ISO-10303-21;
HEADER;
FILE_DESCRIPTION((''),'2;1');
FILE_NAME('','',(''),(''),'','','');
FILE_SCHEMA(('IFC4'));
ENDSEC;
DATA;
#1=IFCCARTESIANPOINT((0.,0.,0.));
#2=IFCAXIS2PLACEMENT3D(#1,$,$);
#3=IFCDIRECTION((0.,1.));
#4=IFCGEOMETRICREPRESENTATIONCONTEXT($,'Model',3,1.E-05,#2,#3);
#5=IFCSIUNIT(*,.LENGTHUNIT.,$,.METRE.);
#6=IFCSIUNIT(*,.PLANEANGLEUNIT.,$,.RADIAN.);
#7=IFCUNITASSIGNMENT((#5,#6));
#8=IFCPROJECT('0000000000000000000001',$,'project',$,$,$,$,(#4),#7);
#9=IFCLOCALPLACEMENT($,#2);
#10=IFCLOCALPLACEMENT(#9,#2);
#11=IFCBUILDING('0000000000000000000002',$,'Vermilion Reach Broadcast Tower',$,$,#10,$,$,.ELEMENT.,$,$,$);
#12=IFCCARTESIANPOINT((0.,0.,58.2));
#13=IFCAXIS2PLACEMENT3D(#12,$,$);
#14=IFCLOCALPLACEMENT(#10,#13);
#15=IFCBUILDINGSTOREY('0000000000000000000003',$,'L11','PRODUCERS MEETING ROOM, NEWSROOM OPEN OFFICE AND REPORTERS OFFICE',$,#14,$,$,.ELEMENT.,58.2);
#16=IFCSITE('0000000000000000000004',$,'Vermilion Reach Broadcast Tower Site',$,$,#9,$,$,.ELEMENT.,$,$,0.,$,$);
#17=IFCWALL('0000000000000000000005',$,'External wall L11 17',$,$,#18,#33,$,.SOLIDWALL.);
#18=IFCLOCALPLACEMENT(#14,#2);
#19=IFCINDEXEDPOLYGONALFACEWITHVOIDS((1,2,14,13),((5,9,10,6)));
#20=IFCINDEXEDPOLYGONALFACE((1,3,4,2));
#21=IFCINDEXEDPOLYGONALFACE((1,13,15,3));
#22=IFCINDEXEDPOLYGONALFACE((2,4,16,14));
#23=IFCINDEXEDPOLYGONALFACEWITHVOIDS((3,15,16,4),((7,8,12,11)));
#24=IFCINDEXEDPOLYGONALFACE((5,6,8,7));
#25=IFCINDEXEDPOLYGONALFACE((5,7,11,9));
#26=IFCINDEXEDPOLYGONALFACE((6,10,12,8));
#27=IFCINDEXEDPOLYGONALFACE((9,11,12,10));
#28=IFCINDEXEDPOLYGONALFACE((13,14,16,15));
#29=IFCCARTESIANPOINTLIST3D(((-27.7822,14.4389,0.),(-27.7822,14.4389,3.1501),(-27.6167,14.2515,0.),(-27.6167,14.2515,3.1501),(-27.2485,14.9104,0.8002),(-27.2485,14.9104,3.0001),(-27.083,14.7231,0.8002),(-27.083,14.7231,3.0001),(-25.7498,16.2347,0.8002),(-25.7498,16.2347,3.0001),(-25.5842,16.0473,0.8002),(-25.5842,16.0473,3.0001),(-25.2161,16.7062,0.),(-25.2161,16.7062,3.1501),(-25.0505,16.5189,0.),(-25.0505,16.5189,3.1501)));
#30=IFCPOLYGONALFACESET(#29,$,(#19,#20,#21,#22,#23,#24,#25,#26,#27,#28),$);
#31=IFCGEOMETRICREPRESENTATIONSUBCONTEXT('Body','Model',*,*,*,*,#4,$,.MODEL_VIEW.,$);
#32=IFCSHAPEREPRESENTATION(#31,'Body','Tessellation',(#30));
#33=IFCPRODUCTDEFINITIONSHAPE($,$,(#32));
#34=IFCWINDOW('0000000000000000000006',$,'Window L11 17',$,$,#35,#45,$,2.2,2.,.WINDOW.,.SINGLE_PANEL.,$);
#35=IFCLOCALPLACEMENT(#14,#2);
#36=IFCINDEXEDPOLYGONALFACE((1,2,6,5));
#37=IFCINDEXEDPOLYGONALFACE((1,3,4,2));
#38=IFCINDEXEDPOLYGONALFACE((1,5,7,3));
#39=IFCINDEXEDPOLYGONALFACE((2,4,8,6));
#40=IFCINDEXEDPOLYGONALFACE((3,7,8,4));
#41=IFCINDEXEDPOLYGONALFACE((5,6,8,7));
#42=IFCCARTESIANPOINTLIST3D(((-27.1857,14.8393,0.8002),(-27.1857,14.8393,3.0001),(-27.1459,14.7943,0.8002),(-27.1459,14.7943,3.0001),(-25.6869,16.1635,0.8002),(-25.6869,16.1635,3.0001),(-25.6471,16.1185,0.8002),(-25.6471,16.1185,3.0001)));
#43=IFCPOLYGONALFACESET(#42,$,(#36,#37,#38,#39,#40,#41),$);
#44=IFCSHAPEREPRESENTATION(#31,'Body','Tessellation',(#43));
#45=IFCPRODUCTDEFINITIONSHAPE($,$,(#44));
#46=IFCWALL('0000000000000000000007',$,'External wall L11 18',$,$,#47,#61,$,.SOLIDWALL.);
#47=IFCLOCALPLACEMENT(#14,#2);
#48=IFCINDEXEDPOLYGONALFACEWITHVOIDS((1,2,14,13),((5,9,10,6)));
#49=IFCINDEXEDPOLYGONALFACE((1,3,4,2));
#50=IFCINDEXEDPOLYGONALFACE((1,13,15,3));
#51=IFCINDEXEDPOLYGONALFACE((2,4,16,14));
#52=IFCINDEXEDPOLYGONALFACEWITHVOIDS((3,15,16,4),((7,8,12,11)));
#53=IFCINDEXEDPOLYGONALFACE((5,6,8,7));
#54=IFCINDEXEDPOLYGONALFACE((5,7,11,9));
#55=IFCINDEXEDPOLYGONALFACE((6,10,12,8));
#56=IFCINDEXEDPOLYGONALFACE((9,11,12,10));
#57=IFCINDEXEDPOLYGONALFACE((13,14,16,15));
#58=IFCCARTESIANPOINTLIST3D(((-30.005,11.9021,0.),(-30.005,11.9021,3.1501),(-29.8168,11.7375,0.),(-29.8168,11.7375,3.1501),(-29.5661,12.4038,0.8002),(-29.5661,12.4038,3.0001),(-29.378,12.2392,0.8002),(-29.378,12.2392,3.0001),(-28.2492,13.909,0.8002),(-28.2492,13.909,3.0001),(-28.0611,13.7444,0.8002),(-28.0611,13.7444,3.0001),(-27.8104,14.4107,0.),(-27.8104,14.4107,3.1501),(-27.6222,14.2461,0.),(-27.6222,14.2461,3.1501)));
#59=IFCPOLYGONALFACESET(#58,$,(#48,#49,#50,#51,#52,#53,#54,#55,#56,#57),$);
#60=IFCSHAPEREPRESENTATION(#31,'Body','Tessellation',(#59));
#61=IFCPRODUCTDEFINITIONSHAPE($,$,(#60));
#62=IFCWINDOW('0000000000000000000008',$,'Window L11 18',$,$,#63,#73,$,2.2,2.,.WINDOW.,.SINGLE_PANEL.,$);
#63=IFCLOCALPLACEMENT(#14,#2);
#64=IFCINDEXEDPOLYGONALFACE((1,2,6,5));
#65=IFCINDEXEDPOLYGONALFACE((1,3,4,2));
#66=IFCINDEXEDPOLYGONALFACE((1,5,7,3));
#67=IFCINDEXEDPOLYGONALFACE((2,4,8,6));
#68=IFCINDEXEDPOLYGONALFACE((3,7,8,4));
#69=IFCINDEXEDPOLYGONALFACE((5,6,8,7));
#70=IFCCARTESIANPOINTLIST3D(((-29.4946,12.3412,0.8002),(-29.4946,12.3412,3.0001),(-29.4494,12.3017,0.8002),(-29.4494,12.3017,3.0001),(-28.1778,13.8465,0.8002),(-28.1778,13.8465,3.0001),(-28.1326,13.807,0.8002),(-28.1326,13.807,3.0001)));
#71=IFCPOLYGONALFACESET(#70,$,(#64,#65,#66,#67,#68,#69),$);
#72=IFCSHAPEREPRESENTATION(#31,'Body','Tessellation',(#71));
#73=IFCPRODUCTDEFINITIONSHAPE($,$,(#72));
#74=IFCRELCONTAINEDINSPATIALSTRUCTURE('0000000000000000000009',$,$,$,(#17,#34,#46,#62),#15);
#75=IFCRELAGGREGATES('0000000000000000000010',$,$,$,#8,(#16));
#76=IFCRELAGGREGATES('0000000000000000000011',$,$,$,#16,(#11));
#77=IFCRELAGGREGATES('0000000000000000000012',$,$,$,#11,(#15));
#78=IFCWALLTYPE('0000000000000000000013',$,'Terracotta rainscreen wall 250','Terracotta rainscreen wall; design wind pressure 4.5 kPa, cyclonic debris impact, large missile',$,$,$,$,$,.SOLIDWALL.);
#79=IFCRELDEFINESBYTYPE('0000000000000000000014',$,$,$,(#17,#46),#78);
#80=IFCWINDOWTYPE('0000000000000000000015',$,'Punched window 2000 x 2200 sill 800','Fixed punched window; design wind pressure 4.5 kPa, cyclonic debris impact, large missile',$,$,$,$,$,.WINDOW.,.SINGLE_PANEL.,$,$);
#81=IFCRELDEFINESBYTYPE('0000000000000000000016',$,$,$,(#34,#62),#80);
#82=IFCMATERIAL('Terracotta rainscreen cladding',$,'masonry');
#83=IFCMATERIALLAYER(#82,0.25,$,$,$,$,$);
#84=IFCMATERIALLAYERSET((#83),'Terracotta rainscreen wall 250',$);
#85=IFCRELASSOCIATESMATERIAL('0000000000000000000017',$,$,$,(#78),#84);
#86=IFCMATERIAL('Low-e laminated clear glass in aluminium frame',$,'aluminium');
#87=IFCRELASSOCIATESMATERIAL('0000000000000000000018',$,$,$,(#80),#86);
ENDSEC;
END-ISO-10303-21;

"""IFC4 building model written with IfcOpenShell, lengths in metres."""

from ifc_helpers import new_model, si_unit, direction, frame, frame_2d, origin, place, context, subcontext, project, spatial, rectangle, extrude, material, layer, layer_set, type_object, element, fill, save


model = new_model("IFC4")

# Units and contexts
model_context = context("Model", 3, precision=1e-05, world=origin(), true_north=direction((0.0, 1.0)))
body_context = subcontext(model_context, "Body", "Model", "MODEL_VIEW")
ifc_project = project(units=[si_unit("LENGTHUNIT", "METRE"), si_unit("PLANEANGLEUNIT", "RADIAN")], contexts=[model_context])

# Site, building, storey
site_placement = place(None, origin())
site = spatial("IfcSite", under=ifc_project, at=site_placement, Name="Vermilion Reach Broadcast Tower Site", CompositionType="ELEMENT", RefElevation=0.0)
building_placement = place(site_placement, origin())
building = spatial("IfcBuilding", under=site, at=building_placement, Name="Vermilion Reach Broadcast Tower", CompositionType="ELEMENT")
storey_placement = place(building_placement, frame((0.0, 0.0, 58.2)))
storey = spatial("IfcBuildingStorey", under=building, at=storey_placement, Name="L11", Description="PRODUCERS MEETING ROOM, NEWSROOM OPEN OFFICE AND REPORTERS OFFICE", CompositionType="ELEMENT", Elevation=58.2)

# Shared definitions
ifc_material_1 = material(Name="Terracotta rainscreen cladding", Category="masonry")
ifc_layer_1 = layer(ifc_material_1, 0.25)
ifc_layer_set_1 = layer_set([ifc_layer_1], Name="Terracotta rainscreen wall 250")
wall_type_1 = type_object("IfcWallType", Name="Terracotta rainscreen wall 250", Description="Terracotta rainscreen wall; design wind pressure 4.5 kPa, cyclonic debris impact, large missile", PredefinedType="SOLIDWALL", material=ifc_layer_set_1)

# Shared definitions
ifc_material_2 = material(Name="Low-e laminated clear glass in aluminium frame", Category="aluminium")
window_type = type_object("IfcWindowType", Name="Punched window 2000 x 2200 sill 800", Description="Fixed punched window; design wind pressure 4.5 kPa, cyclonic debris impact, large missile", PartitioningType="SINGLE_PANEL", PredefinedType="WINDOW", material=ifc_material_2)

# Walls, openings, windows
wall_1_placement = place(storey_placement, frame((-25.1333, 16.6125, 0.0), z_axis=(0.0, 0.0, 1.0), x_axis=(-0.749392, -0.662126, 0.0)))
wall_1 = element("IfcWall", 1, at=wall_1_placement, inside=storey, type_object=wall_type_1, Name="External wall L11 17", PredefinedType="SOLIDWALL", context=body_context, shape_type="SweptSolid", body=[
    extrude(rectangle(XDim=3.4243, YDim=0.25, at=frame_2d((1.7122, 0.0))), origin(), (0.0, 0.0, 1.0), 3.1501),
])
opening_1_placement = place(wall_1_placement, frame((0.7122, 0.0, 0.8)))
opening_1 = element("IfcOpeningElement", 2, at=opening_1_placement, cuts=wall_1, PredefinedType="OPENING", context=body_context, shape_type="SweptSolid", body=[
    extrude(rectangle(XDim=2.0, YDim=2.2, at=frame_2d((1.0, 1.1001))), frame((0.0, 0.135, 0.0), z_axis=(0.0, -1.0, 0.0), x_axis=(1.0, 0.0, 0.0)), (0.0, 0.0, 1.0), 0.27),
])
window_1_placement = place(opening_1_placement, origin())
window_1 = element("IfcWindow", 3, at=window_1_placement, inside=storey, type_object=window_type, Name="Window L11 17", OverallHeight=2.2, OverallWidth=2.0, PartitioningType="SINGLE_PANEL", PredefinedType="WINDOW", context=body_context, shape_type="SweptSolid", body=[
    extrude(rectangle(XDim=2.0, YDim=2.2, at=frame_2d((1.0, 1.1001))), frame((0.0, 0.03, 0.0), z_axis=(0.0, -1.0, 0.0), x_axis=(1.0, 0.0, 0.0)), (0.0, 0.0, 1.0), 0.0601),
])
fill(opening_1, window_1)
wall_2_placement = place(storey_placement, frame((-27.7163, 14.3284, 0.0), z_axis=(0.0, 0.0, 1.0), x_axis=(-0.658437, -0.752636, 0.0)))
wall_2 = element("IfcWall", 4, at=wall_2_placement, inside=storey, type_object=wall_type_1, Name="External wall L11 18", PredefinedType="SOLIDWALL", context=body_context, shape_type="SweptSolid", body=[
    extrude(rectangle(XDim=3.333, YDim=0.25, at=frame_2d((1.6665, 0.0))), origin(), (0.0, 0.0, 1.0), 3.1501),
])
opening_2_placement = place(wall_2_placement, frame((0.6665, 0.0, 0.8)))
opening_2 = element("IfcOpeningElement", 5, at=opening_2_placement, cuts=wall_2, PredefinedType="OPENING", context=body_context, shape_type="SweptSolid", body=[
    extrude(rectangle(XDim=2.0, YDim=2.2, at=frame_2d((1.0, 1.1001))), frame((0.0, 0.135, 0.0), z_axis=(0.0, -1.0, 0.0), x_axis=(1.0, 0.0, 0.0)), (0.0, 0.0, 1.0), 0.27),
])
window_2_placement = place(opening_2_placement, origin())
window_2 = element("IfcWindow", 6, at=window_2_placement, inside=storey, type_object=window_type, Name="Window L11 18", OverallHeight=2.2, OverallWidth=2.0, PartitioningType="SINGLE_PANEL", PredefinedType="WINDOW", context=body_context, shape_type="SweptSolid", body=[
    extrude(rectangle(XDim=2.0, YDim=2.2, at=frame_2d((1.0, 1.1001))), frame((0.0, 0.03, 0.0), z_axis=(0.0, -1.0, 0.0), x_axis=(1.0, 0.0, 0.0)), (0.0, 0.0, 1.0), 0.0601),
])
fill(opening_2, window_2)

save(model, "model.ifc")
